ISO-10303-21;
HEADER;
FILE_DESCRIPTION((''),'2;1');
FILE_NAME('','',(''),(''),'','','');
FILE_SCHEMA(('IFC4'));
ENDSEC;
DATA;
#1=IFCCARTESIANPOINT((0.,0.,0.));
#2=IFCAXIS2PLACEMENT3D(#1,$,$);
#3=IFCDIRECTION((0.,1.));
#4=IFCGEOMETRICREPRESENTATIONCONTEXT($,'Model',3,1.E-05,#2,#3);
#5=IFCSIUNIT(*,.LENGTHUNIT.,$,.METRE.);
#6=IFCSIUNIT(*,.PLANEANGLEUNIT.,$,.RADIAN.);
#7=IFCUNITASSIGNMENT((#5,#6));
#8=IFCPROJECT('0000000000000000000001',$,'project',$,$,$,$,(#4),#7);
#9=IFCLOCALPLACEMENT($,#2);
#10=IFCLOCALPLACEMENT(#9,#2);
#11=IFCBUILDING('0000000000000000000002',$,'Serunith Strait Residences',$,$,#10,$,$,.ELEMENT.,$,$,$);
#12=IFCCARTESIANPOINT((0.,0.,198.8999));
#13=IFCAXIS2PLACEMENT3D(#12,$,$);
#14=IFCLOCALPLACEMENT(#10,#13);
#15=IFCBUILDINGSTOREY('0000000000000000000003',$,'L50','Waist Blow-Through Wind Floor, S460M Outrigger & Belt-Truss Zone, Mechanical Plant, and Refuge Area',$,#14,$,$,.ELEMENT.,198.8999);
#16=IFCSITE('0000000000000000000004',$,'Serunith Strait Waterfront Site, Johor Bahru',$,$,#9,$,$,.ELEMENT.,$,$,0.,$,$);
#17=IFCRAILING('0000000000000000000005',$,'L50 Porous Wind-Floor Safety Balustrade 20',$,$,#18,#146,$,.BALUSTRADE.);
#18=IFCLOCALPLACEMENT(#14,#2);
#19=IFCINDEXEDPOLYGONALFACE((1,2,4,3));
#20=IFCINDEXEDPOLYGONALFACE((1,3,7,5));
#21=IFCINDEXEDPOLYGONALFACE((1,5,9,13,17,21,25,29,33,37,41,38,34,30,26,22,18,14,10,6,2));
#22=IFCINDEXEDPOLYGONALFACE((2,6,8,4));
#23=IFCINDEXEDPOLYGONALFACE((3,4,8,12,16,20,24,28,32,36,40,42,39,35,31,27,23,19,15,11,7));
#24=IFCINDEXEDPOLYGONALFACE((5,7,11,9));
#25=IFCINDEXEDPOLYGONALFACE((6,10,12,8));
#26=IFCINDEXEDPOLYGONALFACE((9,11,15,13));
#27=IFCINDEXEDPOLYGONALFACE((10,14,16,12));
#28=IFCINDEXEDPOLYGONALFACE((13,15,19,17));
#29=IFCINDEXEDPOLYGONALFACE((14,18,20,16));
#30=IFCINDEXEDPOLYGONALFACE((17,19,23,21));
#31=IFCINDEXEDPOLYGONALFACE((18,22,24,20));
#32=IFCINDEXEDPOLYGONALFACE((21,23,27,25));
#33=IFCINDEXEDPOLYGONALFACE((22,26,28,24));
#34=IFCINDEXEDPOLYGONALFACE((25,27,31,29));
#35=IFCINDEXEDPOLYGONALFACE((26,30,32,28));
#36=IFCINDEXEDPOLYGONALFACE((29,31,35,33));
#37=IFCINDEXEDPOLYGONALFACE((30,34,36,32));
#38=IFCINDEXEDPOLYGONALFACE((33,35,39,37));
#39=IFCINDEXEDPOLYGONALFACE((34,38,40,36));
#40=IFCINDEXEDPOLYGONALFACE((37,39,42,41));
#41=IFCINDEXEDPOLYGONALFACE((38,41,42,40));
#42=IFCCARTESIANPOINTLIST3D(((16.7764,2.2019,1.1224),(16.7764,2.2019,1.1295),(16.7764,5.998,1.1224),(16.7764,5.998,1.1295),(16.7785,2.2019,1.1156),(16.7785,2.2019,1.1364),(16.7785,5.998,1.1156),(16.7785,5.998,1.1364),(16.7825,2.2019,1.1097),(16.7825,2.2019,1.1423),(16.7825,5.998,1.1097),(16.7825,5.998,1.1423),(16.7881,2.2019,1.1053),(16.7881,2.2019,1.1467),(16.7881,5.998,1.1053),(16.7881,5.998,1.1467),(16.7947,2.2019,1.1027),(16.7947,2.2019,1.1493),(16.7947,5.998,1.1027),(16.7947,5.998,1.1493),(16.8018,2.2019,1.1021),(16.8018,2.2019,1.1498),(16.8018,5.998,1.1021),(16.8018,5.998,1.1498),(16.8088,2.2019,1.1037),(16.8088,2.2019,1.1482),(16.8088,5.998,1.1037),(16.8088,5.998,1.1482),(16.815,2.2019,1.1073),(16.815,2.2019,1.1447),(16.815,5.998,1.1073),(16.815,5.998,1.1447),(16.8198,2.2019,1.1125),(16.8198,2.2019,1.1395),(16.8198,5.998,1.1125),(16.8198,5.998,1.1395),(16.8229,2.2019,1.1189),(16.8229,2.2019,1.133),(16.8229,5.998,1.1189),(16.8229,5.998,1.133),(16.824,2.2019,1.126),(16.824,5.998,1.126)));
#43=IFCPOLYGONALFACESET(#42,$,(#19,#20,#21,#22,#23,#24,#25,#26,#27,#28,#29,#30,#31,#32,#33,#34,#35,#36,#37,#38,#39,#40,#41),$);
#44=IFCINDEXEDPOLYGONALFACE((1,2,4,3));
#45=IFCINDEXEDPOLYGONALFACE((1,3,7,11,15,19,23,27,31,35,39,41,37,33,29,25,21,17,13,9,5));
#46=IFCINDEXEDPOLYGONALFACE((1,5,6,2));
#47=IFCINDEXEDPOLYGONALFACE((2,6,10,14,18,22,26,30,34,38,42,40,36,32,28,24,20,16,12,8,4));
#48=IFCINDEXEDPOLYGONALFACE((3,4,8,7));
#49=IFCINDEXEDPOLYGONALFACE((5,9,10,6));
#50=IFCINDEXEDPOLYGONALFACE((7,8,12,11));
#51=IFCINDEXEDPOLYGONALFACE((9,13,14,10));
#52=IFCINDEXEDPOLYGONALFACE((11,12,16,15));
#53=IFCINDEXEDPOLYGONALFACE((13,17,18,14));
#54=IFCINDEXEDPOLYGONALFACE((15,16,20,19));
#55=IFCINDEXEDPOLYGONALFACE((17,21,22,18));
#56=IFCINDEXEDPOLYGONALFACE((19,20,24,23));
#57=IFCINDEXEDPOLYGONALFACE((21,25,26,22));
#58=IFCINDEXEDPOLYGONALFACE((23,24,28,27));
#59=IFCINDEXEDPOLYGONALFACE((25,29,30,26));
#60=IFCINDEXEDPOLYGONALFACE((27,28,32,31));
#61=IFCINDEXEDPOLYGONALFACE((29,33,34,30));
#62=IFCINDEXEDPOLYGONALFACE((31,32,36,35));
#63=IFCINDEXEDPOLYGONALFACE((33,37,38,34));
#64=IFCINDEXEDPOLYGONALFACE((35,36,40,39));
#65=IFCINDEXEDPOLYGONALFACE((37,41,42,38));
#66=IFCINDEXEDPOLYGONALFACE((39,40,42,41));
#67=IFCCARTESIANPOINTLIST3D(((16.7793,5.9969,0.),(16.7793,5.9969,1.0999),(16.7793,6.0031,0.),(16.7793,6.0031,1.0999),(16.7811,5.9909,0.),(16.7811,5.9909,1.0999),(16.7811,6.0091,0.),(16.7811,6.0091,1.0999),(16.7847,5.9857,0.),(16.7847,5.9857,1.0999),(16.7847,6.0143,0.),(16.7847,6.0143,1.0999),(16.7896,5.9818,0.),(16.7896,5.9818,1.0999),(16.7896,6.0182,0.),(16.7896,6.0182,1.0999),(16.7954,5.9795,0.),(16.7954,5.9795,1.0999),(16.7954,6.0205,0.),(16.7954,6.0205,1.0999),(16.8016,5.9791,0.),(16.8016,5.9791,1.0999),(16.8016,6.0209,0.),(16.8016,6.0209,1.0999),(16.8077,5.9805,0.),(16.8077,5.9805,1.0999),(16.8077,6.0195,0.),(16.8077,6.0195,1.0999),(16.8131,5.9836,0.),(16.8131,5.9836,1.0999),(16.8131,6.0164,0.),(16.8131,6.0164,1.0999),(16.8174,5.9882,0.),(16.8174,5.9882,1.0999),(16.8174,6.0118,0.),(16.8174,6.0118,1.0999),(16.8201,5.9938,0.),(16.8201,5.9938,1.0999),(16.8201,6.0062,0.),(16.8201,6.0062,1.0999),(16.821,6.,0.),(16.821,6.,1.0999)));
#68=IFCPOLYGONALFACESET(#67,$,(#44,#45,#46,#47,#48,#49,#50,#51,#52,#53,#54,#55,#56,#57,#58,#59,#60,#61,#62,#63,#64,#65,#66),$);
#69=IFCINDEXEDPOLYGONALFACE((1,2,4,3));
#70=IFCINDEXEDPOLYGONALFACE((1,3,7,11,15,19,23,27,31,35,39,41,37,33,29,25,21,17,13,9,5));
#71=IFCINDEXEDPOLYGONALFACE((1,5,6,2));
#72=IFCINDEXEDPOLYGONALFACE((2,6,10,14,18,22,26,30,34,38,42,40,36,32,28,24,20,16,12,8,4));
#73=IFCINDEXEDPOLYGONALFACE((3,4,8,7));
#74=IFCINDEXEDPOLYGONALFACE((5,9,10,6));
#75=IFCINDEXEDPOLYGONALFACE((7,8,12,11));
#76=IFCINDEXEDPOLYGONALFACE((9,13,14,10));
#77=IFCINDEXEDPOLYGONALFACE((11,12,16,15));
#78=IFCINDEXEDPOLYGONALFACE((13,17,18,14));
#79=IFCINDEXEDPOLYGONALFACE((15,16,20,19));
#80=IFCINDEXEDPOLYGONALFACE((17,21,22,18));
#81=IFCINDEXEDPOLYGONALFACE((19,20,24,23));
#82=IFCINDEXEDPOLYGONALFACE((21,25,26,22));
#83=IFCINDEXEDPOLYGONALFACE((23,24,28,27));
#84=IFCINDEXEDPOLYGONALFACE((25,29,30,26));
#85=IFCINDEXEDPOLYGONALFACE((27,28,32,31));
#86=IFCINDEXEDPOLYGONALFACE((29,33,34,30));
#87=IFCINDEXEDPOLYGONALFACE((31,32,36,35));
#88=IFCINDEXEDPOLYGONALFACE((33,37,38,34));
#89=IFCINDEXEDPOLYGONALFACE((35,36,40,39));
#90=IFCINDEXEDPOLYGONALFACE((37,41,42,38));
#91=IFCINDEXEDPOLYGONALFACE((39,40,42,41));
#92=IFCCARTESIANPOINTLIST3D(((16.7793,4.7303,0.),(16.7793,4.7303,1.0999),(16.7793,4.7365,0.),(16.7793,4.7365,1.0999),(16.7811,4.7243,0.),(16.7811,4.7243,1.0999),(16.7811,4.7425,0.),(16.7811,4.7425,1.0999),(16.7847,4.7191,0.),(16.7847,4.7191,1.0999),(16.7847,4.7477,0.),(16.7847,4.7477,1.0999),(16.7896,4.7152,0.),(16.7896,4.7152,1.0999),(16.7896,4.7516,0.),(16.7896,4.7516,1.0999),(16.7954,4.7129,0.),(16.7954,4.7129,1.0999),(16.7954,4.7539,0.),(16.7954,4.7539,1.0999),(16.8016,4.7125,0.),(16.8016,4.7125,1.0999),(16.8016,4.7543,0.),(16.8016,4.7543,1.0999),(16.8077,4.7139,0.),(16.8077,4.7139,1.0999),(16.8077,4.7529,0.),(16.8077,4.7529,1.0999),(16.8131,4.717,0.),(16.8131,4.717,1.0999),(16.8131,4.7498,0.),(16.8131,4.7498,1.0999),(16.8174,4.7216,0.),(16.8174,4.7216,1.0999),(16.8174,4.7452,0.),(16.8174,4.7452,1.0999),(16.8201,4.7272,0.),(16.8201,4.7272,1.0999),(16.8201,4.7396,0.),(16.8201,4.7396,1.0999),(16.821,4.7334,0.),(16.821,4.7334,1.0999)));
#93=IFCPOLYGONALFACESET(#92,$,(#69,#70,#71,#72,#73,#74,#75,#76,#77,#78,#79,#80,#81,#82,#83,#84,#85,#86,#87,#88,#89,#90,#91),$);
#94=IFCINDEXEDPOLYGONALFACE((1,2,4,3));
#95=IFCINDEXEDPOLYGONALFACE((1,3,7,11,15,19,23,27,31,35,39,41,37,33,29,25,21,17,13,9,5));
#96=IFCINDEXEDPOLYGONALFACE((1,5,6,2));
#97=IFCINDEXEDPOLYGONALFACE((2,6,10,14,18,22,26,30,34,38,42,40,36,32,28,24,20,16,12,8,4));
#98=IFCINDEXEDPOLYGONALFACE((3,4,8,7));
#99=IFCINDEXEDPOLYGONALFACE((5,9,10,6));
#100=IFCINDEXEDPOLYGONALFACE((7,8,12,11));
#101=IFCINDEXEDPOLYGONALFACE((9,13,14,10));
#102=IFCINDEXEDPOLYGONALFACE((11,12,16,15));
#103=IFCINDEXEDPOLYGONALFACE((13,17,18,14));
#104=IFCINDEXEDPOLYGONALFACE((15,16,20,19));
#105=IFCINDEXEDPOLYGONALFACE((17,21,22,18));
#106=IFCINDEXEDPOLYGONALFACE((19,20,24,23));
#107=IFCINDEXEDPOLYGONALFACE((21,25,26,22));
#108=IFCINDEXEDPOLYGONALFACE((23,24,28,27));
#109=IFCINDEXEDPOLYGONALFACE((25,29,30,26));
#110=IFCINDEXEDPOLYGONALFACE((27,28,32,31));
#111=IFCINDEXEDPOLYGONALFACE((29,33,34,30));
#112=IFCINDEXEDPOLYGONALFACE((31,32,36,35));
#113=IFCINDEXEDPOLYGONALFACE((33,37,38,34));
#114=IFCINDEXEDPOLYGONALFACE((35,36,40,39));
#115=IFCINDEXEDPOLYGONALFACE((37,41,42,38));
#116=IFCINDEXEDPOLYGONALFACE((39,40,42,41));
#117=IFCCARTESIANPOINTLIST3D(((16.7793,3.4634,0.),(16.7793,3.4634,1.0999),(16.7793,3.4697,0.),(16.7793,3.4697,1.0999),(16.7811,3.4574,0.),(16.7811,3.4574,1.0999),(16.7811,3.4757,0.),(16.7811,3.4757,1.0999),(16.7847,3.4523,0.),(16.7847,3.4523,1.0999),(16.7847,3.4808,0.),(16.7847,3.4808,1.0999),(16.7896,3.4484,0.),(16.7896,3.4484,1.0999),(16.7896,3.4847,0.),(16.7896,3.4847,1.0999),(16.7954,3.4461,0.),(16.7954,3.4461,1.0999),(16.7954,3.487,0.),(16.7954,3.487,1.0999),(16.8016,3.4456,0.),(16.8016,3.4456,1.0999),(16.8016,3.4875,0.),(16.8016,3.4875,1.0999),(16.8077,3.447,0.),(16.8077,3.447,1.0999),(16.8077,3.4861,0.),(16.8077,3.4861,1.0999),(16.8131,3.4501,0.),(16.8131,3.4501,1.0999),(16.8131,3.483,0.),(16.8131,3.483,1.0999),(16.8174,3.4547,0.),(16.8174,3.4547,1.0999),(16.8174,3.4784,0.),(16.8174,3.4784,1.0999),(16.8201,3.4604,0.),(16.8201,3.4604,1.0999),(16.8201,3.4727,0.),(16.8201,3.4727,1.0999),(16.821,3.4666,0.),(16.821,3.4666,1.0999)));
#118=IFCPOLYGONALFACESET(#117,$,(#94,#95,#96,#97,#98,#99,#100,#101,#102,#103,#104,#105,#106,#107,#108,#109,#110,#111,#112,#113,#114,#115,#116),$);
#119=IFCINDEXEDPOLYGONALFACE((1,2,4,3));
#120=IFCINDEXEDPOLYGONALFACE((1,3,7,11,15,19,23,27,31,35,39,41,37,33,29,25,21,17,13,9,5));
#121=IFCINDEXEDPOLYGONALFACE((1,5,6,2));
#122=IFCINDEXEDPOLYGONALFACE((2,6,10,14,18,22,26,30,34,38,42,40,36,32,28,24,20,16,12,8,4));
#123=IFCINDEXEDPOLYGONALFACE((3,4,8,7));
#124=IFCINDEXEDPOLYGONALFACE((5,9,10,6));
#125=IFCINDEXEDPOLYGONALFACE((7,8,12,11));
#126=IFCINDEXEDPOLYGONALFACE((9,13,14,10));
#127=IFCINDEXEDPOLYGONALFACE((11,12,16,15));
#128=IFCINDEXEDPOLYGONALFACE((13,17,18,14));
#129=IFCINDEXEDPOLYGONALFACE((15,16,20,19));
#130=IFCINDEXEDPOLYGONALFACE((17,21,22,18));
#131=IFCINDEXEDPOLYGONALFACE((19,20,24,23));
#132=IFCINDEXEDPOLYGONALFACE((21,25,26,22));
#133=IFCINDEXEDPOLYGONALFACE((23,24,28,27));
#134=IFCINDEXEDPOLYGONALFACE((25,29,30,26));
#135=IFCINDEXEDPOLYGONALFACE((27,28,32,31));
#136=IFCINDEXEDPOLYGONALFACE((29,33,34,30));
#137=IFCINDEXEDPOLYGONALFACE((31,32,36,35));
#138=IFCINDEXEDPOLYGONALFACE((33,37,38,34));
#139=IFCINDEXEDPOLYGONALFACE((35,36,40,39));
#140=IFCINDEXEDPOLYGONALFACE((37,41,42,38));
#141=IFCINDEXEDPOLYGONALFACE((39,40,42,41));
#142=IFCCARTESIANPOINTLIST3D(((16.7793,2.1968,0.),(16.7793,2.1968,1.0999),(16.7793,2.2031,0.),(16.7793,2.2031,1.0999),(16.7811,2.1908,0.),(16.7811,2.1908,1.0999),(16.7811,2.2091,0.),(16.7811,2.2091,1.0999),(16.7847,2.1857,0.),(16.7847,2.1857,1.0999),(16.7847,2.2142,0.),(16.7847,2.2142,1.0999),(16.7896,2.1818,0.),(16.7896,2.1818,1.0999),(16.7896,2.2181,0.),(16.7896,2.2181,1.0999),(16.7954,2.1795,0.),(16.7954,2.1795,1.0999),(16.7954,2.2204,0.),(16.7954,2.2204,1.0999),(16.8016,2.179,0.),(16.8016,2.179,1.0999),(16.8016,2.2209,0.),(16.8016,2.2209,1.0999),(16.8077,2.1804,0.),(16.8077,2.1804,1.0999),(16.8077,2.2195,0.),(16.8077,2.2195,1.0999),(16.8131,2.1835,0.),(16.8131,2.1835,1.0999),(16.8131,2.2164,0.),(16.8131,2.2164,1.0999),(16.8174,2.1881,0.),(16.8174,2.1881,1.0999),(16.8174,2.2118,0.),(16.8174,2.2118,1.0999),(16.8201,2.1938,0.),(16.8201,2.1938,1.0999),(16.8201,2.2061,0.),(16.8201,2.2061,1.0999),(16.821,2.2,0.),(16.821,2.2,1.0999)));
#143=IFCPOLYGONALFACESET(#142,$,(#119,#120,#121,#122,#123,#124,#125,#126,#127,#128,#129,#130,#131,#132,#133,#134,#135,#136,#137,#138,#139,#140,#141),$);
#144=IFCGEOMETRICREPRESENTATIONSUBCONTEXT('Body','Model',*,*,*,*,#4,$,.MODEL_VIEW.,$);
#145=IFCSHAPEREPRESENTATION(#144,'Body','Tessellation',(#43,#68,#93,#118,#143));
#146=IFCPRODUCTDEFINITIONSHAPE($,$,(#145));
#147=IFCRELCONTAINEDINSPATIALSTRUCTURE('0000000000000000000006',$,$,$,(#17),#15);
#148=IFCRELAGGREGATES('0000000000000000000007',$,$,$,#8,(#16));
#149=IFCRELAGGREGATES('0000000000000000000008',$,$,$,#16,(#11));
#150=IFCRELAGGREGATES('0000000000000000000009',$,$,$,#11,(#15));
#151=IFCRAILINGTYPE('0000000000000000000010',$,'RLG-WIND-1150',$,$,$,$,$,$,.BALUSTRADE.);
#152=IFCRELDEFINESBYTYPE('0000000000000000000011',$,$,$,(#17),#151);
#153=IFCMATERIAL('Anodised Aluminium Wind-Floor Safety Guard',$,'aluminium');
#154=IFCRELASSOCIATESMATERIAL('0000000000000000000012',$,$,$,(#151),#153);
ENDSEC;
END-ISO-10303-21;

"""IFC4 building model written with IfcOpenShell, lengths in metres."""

from ifc_helpers import new_model, si_unit, direction, frame, origin, origin_2d, place, context, subcontext, project, spatial, circle, extrude, material, type_object, element, save


model = new_model("IFC4")

# Units and contexts
model_context = context("Model", 3, precision=1e-05, world=origin(), true_north=direction((0.0, 1.0)))
body_context = subcontext(model_context, "Body", "Model", "MODEL_VIEW")
ifc_project = project(units=[si_unit("LENGTHUNIT", "METRE"), si_unit("PLANEANGLEUNIT", "RADIAN")], contexts=[model_context])

# Site, building, storey
site_placement = place(None, origin())
site = spatial("IfcSite", under=ifc_project, at=site_placement, Name="Serunith Strait Waterfront Site, Johor Bahru", CompositionType="ELEMENT", RefElevation=0.0)
building_placement = place(site_placement, origin())
building = spatial("IfcBuilding", under=site, at=building_placement, Name="Serunith Strait Residences", CompositionType="ELEMENT")
storey_placement = place(building_placement, frame((0.0, 0.0, 198.8999)))
storey = spatial("IfcBuildingStorey", under=building, at=storey_placement, Name="L50", Description="Waist Blow-Through Wind Floor, S460M Outrigger & Belt-Truss Zone, Mechanical Plant, and Refuge Area", CompositionType="ELEMENT", Elevation=198.8999)

# Railing
ifc_material_1 = material(Name="Anodised Aluminium Wind-Floor Safety Guard", Category="aluminium")
railing_type = type_object("IfcRailingType", Name="RLG-WIND-1150", PredefinedType="BALUSTRADE", material=ifc_material_1)
railing_1_placement = place(storey_placement, frame((16.8, 6.0, 0.0)))
element("IfcRailing", 1, at=railing_1_placement, inside=storey, type_object=railing_type, Name="L50 Porous Wind-Floor Safety Balustrade 20", PredefinedType="BALUSTRADE", context=body_context, shape_type="SweptSolid", body=[
    extrude(circle(Radius=0.0239, at=origin_2d()), frame((0.0, -0.002, 1.126), z_axis=(0.0, -1.0, 0.0), x_axis=(1.0, 0.0, 0.0)), (0.0, 0.0, 1.0), 3.7961),
    extrude(circle(Radius=0.021, at=origin_2d()), origin(), (0.0, 0.0, 1.0), 1.0999),
    extrude(circle(Radius=0.021, at=origin_2d()), frame((0.0, -1.2666, 0.0)), (0.0, 0.0, 1.0), 1.0999),
    extrude(circle(Radius=0.021, at=origin_2d()), frame((0.0, -2.5334, 0.0)), (0.0, 0.0, 1.0), 1.0999),
    extrude(circle(Radius=0.021, at=origin_2d()), frame((0.0, -3.8, 0.0)), (0.0, 0.0, 1.0), 1.0999),
])

save(model, "model.ifc")
